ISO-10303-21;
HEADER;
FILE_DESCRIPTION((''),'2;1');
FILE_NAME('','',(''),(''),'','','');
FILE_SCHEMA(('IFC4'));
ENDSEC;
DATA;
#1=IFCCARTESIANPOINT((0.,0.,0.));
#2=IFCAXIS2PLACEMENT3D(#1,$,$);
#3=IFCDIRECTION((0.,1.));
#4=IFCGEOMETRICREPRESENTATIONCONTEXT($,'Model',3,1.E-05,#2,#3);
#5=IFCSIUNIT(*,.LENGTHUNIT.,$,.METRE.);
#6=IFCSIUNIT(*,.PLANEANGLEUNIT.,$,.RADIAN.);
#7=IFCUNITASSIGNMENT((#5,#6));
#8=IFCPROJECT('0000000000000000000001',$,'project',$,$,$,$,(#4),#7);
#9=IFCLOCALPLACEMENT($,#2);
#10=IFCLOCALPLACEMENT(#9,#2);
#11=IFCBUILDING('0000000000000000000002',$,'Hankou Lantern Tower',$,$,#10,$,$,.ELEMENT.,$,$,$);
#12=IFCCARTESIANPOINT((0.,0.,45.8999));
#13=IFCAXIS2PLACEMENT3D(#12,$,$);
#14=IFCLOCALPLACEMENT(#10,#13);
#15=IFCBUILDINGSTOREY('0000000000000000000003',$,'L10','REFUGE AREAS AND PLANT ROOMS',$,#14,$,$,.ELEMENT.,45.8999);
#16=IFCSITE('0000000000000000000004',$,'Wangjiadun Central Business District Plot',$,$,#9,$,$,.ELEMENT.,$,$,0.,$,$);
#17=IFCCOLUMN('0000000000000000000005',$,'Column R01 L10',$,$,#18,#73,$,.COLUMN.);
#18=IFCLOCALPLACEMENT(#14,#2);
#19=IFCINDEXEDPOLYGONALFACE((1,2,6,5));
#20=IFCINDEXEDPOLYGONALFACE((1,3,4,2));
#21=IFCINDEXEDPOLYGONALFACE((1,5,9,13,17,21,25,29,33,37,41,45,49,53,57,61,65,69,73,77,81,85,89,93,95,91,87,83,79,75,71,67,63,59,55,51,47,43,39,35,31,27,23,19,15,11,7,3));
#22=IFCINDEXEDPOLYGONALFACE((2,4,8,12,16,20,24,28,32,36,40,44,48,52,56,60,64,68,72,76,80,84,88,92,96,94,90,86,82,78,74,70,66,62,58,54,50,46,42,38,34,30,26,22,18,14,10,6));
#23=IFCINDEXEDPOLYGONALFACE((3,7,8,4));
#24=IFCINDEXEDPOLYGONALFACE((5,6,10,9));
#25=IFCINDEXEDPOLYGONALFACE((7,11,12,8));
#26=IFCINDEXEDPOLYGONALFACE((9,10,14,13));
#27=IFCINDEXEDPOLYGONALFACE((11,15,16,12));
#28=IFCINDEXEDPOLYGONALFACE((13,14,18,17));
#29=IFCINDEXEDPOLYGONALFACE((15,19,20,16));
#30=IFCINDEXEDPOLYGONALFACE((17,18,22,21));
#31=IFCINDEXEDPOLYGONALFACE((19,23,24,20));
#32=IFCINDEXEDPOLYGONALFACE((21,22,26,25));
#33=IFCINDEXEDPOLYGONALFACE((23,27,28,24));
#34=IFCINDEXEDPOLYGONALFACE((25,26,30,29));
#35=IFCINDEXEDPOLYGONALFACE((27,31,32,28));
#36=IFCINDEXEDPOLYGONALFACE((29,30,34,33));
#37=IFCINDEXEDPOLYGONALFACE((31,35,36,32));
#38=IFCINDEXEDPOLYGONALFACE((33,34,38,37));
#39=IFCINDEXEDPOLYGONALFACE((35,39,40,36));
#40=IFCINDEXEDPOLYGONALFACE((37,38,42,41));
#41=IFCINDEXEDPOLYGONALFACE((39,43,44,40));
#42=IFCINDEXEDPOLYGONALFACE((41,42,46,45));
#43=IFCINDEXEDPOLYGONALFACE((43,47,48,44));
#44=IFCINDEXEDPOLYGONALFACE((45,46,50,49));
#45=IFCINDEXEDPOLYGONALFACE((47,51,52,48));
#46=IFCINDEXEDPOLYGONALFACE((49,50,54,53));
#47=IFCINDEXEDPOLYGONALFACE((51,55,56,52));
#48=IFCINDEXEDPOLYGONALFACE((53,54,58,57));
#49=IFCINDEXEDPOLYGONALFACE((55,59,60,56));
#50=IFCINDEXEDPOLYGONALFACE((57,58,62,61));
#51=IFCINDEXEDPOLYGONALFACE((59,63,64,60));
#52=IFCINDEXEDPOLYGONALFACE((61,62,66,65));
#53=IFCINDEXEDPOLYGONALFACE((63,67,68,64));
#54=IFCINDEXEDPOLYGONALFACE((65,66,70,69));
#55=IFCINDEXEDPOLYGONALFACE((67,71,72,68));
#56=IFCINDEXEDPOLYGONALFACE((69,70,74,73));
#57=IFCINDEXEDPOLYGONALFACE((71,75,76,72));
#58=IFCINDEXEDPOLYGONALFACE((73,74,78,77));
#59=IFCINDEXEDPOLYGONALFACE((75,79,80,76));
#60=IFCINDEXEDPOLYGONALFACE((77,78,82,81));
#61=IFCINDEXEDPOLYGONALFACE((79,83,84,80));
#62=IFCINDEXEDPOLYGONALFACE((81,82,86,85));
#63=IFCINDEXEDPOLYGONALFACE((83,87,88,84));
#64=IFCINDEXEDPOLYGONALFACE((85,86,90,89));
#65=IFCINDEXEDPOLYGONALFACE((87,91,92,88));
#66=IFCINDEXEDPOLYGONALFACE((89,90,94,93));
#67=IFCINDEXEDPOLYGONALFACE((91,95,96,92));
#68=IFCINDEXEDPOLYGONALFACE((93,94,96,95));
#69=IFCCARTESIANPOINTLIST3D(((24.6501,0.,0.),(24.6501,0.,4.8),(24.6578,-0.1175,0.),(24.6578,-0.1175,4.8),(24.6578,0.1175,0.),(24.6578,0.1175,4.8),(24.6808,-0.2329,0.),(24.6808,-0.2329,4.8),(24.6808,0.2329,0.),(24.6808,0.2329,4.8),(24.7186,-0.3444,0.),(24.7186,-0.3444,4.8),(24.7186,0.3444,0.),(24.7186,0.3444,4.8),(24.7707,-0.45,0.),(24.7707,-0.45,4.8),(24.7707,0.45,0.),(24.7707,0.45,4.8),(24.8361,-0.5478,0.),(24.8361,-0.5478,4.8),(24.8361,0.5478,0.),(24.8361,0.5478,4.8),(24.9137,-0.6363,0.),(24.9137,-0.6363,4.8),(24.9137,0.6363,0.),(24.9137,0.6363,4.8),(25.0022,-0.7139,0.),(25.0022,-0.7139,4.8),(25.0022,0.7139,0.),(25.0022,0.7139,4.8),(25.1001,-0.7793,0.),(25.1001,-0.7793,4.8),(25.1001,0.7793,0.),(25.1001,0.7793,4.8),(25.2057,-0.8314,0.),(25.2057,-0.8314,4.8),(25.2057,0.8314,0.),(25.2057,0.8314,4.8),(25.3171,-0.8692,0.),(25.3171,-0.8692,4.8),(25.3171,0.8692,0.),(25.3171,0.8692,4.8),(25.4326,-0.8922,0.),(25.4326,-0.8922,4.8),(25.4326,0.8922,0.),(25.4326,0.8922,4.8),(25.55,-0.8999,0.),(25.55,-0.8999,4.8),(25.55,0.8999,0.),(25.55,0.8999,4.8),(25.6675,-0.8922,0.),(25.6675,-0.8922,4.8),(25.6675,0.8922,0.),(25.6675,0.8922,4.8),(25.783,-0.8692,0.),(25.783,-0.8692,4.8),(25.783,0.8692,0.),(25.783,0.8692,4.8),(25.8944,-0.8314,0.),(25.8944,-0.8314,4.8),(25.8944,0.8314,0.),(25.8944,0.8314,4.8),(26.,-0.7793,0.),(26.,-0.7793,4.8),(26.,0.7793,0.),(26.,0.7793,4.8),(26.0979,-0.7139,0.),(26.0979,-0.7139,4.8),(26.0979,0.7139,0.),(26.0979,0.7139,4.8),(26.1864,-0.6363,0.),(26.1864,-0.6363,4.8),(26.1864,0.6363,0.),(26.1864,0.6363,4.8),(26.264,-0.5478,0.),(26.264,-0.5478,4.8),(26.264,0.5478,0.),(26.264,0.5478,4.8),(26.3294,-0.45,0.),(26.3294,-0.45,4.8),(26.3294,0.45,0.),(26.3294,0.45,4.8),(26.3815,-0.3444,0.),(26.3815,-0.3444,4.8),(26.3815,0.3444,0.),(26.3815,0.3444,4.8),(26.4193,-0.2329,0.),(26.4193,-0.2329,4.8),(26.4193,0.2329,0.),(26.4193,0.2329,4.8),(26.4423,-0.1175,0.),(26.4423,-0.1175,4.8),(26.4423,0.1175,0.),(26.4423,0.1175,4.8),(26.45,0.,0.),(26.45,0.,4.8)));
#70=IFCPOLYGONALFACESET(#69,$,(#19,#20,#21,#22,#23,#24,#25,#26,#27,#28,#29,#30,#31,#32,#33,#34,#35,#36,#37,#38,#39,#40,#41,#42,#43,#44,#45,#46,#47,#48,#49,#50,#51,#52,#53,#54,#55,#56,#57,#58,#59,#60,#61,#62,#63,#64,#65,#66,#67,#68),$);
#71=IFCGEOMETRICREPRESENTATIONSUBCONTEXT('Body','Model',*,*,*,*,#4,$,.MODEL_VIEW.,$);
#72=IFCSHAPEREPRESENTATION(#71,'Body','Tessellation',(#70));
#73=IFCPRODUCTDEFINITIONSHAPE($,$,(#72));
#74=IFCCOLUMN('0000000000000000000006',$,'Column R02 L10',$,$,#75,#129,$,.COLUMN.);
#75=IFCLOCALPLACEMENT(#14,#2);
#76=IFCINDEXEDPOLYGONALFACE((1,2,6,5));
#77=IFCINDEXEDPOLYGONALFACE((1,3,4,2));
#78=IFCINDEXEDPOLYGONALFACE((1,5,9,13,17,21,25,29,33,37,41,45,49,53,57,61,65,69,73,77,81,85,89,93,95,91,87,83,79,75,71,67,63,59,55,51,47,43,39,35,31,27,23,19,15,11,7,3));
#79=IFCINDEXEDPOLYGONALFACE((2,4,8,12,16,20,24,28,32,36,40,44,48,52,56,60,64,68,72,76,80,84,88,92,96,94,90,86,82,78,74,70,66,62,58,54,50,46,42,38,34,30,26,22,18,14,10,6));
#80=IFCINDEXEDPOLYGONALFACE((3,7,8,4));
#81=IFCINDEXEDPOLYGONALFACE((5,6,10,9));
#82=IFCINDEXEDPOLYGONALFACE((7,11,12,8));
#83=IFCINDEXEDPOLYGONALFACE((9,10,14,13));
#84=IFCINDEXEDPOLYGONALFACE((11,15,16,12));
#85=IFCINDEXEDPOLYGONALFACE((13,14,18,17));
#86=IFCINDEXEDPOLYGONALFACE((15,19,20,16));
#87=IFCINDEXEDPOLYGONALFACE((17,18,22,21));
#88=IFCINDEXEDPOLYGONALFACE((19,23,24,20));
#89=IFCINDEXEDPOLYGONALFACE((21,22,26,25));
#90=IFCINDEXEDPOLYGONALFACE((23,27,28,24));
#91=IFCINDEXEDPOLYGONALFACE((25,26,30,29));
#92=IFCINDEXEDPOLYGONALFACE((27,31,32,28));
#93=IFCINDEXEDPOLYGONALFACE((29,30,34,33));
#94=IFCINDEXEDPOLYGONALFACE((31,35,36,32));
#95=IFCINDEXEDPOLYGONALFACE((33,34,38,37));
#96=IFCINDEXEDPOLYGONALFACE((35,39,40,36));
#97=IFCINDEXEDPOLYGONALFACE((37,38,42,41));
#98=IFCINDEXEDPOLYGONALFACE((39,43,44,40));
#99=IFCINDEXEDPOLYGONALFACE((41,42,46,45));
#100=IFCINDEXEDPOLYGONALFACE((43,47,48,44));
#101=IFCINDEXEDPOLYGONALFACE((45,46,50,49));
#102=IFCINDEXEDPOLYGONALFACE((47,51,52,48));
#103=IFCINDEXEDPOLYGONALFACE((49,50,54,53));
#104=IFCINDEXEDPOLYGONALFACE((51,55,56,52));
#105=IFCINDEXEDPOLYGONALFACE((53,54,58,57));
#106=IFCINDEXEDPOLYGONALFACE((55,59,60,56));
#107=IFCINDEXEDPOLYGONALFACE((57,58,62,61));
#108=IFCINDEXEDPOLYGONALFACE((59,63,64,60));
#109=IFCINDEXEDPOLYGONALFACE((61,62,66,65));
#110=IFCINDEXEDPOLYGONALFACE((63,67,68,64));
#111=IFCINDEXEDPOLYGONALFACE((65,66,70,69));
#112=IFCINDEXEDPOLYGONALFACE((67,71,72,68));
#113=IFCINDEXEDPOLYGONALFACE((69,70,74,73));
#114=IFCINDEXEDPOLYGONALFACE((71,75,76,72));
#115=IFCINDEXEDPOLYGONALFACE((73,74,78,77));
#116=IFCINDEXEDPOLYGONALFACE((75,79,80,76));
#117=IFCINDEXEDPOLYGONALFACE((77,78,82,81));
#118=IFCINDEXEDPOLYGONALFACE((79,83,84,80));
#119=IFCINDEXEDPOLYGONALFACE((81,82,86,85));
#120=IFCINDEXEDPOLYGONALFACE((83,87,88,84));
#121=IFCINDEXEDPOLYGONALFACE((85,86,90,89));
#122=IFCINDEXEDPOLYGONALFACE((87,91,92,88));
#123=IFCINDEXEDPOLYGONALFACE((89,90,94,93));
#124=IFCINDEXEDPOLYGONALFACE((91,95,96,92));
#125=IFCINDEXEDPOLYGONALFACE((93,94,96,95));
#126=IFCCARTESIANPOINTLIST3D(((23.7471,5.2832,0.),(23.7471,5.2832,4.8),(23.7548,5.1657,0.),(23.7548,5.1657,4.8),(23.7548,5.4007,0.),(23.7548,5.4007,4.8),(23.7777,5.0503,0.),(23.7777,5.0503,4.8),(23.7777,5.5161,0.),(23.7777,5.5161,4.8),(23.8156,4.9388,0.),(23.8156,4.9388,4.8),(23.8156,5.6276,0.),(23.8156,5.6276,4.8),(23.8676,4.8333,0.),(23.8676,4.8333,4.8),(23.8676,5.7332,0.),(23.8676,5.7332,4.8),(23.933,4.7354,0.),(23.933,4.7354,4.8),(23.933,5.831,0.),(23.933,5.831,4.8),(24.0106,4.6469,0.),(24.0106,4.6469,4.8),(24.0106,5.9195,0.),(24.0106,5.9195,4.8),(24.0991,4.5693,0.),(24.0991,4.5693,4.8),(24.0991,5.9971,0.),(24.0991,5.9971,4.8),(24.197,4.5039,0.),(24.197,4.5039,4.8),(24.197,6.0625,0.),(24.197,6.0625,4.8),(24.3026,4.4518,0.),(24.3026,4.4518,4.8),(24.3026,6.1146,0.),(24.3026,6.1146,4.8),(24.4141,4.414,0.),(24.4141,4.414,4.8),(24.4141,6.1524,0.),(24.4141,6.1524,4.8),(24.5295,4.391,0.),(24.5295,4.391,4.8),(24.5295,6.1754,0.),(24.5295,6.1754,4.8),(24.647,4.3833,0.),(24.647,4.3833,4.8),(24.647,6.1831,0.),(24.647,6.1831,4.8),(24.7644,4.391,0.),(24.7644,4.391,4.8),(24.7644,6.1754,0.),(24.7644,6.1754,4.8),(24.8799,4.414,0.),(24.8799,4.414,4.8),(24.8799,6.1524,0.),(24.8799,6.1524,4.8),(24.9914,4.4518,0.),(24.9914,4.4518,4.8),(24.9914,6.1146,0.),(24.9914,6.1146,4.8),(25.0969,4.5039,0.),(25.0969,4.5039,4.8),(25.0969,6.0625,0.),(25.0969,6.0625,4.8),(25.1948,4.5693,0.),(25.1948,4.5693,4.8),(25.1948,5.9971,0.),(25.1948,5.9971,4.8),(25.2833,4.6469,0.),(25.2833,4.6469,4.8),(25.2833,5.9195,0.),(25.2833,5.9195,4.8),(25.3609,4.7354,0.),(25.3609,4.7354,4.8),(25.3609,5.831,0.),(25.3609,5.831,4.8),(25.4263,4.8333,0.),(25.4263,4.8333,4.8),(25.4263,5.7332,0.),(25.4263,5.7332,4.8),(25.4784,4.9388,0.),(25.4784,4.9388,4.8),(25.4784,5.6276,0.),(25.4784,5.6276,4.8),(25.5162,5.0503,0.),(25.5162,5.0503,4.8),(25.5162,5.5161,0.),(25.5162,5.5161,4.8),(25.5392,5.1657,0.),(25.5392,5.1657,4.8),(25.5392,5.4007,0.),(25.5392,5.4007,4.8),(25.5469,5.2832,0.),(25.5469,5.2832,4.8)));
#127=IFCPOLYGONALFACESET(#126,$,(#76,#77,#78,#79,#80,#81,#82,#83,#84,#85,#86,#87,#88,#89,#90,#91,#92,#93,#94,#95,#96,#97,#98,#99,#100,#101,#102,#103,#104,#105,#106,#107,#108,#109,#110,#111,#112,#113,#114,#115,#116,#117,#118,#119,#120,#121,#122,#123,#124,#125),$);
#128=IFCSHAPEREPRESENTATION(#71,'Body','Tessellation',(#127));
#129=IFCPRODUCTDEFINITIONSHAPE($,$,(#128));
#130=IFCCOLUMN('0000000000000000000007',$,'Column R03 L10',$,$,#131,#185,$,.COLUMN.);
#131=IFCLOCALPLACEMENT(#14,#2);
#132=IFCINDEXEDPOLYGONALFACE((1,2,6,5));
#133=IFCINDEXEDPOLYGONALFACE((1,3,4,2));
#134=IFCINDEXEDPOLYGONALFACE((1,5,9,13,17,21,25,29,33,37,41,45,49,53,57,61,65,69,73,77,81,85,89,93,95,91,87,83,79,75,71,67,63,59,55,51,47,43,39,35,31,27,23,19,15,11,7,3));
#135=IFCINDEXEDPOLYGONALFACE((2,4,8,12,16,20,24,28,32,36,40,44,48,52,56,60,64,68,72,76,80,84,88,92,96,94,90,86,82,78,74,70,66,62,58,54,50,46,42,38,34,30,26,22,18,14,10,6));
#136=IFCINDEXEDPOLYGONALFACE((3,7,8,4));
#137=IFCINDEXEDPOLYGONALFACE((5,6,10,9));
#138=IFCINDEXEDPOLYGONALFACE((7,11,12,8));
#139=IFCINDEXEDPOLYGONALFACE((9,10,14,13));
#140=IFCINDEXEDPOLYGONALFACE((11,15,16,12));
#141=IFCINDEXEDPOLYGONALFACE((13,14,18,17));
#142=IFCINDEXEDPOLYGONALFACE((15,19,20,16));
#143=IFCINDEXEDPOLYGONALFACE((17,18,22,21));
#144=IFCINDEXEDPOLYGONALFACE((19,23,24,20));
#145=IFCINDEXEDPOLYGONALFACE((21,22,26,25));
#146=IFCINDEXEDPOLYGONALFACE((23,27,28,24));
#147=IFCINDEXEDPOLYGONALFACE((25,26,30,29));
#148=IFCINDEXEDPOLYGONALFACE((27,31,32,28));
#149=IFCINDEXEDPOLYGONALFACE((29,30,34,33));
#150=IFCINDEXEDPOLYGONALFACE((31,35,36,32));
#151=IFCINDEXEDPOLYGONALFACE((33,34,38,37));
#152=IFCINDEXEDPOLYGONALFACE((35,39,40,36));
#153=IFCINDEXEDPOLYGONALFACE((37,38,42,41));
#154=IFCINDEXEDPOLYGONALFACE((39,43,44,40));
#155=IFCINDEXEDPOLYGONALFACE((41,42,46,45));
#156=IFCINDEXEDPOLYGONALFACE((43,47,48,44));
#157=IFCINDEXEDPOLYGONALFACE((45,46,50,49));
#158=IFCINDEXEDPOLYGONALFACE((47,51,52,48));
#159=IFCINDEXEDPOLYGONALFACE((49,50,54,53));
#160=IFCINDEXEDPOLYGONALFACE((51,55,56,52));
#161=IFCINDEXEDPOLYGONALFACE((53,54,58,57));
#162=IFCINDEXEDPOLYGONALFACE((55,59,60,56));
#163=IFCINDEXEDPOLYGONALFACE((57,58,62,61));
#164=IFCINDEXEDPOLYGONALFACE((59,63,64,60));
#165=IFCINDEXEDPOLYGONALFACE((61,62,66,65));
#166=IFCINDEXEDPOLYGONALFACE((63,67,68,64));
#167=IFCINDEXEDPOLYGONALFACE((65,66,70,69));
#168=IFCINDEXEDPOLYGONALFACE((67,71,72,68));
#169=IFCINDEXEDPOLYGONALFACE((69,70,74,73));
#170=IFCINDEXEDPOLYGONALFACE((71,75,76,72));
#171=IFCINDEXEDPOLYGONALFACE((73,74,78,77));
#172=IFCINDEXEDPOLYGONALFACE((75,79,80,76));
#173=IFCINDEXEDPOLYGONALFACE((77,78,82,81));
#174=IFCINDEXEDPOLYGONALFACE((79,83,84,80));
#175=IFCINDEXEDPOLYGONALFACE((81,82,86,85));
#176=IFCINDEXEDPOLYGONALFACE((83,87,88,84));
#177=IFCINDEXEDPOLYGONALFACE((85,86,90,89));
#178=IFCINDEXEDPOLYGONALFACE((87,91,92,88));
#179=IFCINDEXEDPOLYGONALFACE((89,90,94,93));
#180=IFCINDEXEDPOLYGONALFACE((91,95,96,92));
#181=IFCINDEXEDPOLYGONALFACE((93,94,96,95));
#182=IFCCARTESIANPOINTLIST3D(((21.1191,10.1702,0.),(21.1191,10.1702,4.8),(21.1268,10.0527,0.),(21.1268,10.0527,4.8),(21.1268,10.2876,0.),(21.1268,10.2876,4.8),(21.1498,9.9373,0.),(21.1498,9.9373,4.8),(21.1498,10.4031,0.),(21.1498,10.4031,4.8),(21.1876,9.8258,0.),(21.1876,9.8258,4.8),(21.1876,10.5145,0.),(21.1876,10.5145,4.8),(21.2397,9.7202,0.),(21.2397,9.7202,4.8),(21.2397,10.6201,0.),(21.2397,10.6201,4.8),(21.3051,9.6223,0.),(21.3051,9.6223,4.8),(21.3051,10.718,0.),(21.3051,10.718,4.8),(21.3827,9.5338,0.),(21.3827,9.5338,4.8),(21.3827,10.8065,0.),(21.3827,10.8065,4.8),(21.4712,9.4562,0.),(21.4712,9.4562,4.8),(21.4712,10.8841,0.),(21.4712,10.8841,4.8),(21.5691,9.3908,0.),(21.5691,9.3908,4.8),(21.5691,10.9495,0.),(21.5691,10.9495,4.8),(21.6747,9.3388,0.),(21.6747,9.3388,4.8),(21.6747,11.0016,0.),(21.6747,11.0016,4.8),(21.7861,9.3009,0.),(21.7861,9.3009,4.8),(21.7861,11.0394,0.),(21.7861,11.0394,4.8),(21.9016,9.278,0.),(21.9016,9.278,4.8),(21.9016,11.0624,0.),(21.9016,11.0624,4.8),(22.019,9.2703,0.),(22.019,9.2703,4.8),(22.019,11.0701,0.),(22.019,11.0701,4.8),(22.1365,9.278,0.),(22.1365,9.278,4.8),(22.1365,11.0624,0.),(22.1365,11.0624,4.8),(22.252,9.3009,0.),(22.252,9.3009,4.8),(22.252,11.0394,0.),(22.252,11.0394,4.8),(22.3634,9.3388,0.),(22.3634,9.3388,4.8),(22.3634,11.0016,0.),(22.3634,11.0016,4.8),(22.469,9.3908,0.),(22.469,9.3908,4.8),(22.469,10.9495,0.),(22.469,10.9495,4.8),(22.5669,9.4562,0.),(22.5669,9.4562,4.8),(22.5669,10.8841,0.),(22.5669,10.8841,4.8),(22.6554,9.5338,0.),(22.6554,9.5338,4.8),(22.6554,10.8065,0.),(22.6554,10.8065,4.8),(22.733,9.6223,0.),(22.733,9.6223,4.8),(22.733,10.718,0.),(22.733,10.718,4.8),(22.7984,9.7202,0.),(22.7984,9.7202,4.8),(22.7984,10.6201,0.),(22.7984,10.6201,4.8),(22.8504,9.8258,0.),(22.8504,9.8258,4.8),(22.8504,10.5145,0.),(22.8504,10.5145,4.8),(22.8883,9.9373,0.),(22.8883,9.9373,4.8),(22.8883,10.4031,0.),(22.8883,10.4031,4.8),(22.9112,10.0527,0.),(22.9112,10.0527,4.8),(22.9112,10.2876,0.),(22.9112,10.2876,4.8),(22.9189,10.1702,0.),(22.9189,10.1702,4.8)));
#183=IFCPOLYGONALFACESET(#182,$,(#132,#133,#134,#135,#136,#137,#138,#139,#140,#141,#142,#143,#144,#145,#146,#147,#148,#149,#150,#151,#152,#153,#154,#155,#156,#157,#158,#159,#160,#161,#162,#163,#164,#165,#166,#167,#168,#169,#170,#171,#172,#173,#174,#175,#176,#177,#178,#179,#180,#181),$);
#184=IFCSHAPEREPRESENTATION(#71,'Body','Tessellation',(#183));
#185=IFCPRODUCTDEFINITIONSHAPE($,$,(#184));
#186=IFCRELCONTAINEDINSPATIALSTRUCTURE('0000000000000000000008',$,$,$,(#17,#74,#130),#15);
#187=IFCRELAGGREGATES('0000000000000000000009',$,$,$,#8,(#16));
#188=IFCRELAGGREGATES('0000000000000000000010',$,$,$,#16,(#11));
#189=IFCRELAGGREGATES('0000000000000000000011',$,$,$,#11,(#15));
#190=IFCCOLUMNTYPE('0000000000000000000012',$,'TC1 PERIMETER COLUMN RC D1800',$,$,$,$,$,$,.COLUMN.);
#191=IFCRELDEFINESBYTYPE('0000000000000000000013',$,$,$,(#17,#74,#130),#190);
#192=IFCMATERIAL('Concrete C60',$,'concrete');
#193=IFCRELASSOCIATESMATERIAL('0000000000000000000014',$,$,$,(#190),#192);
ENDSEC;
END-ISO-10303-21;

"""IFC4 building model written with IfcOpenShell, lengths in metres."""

from ifc_helpers import new_model, si_unit, direction, frame, origin, origin_2d, place, context, subcontext, project, spatial, circle, extrude, material, material_profile, profile_set, type_object, element, save


model = new_model("IFC4")

# Units and contexts
model_context = context("Model", 3, precision=1e-05, world=origin(), true_north=direction((0.0, 1.0)))
body_context = subcontext(model_context, "Body", "Model", "MODEL_VIEW")
ifc_project = project(units=[si_unit("LENGTHUNIT", "METRE"), si_unit("PLANEANGLEUNIT", "RADIAN")], contexts=[model_context])

# Site, building, storey
site_placement = place(None, origin())
site = spatial("IfcSite", under=ifc_project, at=site_placement, Name="Wangjiadun Central Business District Plot", CompositionType="ELEMENT", RefElevation=0.0)
building_placement = place(site_placement, origin())
building = spatial("IfcBuilding", under=site, at=building_placement, Name="Hankou Lantern Tower", CompositionType="ELEMENT")
storey_placement = place(building_placement, frame((0.0, 0.0, 45.8999)))
storey = spatial("IfcBuildingStorey", under=building, at=storey_placement, Name="L10", Description="REFUGE AREAS AND PLANT ROOMS", CompositionType="ELEMENT", Elevation=45.8999)

# Columns
ifc_material_1 = material(Name="Concrete C60", Category="concrete")
ifc_material_profile_1 = material_profile(ifc_material_1, circle(Radius=0.8999, at=origin_2d()), Name="RC D1800")
ifc_profile_set_1 = profile_set([ifc_material_profile_1], Name="Concrete C60")
column_type = type_object("IfcColumnType", Name="TC1 PERIMETER COLUMN RC D1800", PredefinedType="COLUMN", material=ifc_profile_set_1)
for number, where, z_axis, x_axis, name in (
    (1, (25.55, 0.0, 0.0), (0.0, 0.0, 1.0), (1.0, 0.0, 0.0), "Column R01 L10"),
    (2, (24.647, 5.2832, 0.0), (0.0, 0.0, 1.0), (1.0, 0.0, 0.0), "Column R02 L10"),
    (3, (22.019, 10.1702, 0.0), (0.0, 0.0, 1.0), (1.0, 0.0, 0.0), "Column R03 L10"),
):
    element("IfcColumn", number, at=place(storey_placement, frame(where, z_axis=z_axis, x_axis=x_axis)), inside=storey, type_object=column_type, Name=name, PredefinedType="COLUMN", context=body_context, shape_type="SweptSolid", body=[
        extrude(circle(Radius=0.8999, at=origin_2d()), origin(), (0.0, 0.0, 1.0), 4.8),
    ])

save(model, "model.ifc")
